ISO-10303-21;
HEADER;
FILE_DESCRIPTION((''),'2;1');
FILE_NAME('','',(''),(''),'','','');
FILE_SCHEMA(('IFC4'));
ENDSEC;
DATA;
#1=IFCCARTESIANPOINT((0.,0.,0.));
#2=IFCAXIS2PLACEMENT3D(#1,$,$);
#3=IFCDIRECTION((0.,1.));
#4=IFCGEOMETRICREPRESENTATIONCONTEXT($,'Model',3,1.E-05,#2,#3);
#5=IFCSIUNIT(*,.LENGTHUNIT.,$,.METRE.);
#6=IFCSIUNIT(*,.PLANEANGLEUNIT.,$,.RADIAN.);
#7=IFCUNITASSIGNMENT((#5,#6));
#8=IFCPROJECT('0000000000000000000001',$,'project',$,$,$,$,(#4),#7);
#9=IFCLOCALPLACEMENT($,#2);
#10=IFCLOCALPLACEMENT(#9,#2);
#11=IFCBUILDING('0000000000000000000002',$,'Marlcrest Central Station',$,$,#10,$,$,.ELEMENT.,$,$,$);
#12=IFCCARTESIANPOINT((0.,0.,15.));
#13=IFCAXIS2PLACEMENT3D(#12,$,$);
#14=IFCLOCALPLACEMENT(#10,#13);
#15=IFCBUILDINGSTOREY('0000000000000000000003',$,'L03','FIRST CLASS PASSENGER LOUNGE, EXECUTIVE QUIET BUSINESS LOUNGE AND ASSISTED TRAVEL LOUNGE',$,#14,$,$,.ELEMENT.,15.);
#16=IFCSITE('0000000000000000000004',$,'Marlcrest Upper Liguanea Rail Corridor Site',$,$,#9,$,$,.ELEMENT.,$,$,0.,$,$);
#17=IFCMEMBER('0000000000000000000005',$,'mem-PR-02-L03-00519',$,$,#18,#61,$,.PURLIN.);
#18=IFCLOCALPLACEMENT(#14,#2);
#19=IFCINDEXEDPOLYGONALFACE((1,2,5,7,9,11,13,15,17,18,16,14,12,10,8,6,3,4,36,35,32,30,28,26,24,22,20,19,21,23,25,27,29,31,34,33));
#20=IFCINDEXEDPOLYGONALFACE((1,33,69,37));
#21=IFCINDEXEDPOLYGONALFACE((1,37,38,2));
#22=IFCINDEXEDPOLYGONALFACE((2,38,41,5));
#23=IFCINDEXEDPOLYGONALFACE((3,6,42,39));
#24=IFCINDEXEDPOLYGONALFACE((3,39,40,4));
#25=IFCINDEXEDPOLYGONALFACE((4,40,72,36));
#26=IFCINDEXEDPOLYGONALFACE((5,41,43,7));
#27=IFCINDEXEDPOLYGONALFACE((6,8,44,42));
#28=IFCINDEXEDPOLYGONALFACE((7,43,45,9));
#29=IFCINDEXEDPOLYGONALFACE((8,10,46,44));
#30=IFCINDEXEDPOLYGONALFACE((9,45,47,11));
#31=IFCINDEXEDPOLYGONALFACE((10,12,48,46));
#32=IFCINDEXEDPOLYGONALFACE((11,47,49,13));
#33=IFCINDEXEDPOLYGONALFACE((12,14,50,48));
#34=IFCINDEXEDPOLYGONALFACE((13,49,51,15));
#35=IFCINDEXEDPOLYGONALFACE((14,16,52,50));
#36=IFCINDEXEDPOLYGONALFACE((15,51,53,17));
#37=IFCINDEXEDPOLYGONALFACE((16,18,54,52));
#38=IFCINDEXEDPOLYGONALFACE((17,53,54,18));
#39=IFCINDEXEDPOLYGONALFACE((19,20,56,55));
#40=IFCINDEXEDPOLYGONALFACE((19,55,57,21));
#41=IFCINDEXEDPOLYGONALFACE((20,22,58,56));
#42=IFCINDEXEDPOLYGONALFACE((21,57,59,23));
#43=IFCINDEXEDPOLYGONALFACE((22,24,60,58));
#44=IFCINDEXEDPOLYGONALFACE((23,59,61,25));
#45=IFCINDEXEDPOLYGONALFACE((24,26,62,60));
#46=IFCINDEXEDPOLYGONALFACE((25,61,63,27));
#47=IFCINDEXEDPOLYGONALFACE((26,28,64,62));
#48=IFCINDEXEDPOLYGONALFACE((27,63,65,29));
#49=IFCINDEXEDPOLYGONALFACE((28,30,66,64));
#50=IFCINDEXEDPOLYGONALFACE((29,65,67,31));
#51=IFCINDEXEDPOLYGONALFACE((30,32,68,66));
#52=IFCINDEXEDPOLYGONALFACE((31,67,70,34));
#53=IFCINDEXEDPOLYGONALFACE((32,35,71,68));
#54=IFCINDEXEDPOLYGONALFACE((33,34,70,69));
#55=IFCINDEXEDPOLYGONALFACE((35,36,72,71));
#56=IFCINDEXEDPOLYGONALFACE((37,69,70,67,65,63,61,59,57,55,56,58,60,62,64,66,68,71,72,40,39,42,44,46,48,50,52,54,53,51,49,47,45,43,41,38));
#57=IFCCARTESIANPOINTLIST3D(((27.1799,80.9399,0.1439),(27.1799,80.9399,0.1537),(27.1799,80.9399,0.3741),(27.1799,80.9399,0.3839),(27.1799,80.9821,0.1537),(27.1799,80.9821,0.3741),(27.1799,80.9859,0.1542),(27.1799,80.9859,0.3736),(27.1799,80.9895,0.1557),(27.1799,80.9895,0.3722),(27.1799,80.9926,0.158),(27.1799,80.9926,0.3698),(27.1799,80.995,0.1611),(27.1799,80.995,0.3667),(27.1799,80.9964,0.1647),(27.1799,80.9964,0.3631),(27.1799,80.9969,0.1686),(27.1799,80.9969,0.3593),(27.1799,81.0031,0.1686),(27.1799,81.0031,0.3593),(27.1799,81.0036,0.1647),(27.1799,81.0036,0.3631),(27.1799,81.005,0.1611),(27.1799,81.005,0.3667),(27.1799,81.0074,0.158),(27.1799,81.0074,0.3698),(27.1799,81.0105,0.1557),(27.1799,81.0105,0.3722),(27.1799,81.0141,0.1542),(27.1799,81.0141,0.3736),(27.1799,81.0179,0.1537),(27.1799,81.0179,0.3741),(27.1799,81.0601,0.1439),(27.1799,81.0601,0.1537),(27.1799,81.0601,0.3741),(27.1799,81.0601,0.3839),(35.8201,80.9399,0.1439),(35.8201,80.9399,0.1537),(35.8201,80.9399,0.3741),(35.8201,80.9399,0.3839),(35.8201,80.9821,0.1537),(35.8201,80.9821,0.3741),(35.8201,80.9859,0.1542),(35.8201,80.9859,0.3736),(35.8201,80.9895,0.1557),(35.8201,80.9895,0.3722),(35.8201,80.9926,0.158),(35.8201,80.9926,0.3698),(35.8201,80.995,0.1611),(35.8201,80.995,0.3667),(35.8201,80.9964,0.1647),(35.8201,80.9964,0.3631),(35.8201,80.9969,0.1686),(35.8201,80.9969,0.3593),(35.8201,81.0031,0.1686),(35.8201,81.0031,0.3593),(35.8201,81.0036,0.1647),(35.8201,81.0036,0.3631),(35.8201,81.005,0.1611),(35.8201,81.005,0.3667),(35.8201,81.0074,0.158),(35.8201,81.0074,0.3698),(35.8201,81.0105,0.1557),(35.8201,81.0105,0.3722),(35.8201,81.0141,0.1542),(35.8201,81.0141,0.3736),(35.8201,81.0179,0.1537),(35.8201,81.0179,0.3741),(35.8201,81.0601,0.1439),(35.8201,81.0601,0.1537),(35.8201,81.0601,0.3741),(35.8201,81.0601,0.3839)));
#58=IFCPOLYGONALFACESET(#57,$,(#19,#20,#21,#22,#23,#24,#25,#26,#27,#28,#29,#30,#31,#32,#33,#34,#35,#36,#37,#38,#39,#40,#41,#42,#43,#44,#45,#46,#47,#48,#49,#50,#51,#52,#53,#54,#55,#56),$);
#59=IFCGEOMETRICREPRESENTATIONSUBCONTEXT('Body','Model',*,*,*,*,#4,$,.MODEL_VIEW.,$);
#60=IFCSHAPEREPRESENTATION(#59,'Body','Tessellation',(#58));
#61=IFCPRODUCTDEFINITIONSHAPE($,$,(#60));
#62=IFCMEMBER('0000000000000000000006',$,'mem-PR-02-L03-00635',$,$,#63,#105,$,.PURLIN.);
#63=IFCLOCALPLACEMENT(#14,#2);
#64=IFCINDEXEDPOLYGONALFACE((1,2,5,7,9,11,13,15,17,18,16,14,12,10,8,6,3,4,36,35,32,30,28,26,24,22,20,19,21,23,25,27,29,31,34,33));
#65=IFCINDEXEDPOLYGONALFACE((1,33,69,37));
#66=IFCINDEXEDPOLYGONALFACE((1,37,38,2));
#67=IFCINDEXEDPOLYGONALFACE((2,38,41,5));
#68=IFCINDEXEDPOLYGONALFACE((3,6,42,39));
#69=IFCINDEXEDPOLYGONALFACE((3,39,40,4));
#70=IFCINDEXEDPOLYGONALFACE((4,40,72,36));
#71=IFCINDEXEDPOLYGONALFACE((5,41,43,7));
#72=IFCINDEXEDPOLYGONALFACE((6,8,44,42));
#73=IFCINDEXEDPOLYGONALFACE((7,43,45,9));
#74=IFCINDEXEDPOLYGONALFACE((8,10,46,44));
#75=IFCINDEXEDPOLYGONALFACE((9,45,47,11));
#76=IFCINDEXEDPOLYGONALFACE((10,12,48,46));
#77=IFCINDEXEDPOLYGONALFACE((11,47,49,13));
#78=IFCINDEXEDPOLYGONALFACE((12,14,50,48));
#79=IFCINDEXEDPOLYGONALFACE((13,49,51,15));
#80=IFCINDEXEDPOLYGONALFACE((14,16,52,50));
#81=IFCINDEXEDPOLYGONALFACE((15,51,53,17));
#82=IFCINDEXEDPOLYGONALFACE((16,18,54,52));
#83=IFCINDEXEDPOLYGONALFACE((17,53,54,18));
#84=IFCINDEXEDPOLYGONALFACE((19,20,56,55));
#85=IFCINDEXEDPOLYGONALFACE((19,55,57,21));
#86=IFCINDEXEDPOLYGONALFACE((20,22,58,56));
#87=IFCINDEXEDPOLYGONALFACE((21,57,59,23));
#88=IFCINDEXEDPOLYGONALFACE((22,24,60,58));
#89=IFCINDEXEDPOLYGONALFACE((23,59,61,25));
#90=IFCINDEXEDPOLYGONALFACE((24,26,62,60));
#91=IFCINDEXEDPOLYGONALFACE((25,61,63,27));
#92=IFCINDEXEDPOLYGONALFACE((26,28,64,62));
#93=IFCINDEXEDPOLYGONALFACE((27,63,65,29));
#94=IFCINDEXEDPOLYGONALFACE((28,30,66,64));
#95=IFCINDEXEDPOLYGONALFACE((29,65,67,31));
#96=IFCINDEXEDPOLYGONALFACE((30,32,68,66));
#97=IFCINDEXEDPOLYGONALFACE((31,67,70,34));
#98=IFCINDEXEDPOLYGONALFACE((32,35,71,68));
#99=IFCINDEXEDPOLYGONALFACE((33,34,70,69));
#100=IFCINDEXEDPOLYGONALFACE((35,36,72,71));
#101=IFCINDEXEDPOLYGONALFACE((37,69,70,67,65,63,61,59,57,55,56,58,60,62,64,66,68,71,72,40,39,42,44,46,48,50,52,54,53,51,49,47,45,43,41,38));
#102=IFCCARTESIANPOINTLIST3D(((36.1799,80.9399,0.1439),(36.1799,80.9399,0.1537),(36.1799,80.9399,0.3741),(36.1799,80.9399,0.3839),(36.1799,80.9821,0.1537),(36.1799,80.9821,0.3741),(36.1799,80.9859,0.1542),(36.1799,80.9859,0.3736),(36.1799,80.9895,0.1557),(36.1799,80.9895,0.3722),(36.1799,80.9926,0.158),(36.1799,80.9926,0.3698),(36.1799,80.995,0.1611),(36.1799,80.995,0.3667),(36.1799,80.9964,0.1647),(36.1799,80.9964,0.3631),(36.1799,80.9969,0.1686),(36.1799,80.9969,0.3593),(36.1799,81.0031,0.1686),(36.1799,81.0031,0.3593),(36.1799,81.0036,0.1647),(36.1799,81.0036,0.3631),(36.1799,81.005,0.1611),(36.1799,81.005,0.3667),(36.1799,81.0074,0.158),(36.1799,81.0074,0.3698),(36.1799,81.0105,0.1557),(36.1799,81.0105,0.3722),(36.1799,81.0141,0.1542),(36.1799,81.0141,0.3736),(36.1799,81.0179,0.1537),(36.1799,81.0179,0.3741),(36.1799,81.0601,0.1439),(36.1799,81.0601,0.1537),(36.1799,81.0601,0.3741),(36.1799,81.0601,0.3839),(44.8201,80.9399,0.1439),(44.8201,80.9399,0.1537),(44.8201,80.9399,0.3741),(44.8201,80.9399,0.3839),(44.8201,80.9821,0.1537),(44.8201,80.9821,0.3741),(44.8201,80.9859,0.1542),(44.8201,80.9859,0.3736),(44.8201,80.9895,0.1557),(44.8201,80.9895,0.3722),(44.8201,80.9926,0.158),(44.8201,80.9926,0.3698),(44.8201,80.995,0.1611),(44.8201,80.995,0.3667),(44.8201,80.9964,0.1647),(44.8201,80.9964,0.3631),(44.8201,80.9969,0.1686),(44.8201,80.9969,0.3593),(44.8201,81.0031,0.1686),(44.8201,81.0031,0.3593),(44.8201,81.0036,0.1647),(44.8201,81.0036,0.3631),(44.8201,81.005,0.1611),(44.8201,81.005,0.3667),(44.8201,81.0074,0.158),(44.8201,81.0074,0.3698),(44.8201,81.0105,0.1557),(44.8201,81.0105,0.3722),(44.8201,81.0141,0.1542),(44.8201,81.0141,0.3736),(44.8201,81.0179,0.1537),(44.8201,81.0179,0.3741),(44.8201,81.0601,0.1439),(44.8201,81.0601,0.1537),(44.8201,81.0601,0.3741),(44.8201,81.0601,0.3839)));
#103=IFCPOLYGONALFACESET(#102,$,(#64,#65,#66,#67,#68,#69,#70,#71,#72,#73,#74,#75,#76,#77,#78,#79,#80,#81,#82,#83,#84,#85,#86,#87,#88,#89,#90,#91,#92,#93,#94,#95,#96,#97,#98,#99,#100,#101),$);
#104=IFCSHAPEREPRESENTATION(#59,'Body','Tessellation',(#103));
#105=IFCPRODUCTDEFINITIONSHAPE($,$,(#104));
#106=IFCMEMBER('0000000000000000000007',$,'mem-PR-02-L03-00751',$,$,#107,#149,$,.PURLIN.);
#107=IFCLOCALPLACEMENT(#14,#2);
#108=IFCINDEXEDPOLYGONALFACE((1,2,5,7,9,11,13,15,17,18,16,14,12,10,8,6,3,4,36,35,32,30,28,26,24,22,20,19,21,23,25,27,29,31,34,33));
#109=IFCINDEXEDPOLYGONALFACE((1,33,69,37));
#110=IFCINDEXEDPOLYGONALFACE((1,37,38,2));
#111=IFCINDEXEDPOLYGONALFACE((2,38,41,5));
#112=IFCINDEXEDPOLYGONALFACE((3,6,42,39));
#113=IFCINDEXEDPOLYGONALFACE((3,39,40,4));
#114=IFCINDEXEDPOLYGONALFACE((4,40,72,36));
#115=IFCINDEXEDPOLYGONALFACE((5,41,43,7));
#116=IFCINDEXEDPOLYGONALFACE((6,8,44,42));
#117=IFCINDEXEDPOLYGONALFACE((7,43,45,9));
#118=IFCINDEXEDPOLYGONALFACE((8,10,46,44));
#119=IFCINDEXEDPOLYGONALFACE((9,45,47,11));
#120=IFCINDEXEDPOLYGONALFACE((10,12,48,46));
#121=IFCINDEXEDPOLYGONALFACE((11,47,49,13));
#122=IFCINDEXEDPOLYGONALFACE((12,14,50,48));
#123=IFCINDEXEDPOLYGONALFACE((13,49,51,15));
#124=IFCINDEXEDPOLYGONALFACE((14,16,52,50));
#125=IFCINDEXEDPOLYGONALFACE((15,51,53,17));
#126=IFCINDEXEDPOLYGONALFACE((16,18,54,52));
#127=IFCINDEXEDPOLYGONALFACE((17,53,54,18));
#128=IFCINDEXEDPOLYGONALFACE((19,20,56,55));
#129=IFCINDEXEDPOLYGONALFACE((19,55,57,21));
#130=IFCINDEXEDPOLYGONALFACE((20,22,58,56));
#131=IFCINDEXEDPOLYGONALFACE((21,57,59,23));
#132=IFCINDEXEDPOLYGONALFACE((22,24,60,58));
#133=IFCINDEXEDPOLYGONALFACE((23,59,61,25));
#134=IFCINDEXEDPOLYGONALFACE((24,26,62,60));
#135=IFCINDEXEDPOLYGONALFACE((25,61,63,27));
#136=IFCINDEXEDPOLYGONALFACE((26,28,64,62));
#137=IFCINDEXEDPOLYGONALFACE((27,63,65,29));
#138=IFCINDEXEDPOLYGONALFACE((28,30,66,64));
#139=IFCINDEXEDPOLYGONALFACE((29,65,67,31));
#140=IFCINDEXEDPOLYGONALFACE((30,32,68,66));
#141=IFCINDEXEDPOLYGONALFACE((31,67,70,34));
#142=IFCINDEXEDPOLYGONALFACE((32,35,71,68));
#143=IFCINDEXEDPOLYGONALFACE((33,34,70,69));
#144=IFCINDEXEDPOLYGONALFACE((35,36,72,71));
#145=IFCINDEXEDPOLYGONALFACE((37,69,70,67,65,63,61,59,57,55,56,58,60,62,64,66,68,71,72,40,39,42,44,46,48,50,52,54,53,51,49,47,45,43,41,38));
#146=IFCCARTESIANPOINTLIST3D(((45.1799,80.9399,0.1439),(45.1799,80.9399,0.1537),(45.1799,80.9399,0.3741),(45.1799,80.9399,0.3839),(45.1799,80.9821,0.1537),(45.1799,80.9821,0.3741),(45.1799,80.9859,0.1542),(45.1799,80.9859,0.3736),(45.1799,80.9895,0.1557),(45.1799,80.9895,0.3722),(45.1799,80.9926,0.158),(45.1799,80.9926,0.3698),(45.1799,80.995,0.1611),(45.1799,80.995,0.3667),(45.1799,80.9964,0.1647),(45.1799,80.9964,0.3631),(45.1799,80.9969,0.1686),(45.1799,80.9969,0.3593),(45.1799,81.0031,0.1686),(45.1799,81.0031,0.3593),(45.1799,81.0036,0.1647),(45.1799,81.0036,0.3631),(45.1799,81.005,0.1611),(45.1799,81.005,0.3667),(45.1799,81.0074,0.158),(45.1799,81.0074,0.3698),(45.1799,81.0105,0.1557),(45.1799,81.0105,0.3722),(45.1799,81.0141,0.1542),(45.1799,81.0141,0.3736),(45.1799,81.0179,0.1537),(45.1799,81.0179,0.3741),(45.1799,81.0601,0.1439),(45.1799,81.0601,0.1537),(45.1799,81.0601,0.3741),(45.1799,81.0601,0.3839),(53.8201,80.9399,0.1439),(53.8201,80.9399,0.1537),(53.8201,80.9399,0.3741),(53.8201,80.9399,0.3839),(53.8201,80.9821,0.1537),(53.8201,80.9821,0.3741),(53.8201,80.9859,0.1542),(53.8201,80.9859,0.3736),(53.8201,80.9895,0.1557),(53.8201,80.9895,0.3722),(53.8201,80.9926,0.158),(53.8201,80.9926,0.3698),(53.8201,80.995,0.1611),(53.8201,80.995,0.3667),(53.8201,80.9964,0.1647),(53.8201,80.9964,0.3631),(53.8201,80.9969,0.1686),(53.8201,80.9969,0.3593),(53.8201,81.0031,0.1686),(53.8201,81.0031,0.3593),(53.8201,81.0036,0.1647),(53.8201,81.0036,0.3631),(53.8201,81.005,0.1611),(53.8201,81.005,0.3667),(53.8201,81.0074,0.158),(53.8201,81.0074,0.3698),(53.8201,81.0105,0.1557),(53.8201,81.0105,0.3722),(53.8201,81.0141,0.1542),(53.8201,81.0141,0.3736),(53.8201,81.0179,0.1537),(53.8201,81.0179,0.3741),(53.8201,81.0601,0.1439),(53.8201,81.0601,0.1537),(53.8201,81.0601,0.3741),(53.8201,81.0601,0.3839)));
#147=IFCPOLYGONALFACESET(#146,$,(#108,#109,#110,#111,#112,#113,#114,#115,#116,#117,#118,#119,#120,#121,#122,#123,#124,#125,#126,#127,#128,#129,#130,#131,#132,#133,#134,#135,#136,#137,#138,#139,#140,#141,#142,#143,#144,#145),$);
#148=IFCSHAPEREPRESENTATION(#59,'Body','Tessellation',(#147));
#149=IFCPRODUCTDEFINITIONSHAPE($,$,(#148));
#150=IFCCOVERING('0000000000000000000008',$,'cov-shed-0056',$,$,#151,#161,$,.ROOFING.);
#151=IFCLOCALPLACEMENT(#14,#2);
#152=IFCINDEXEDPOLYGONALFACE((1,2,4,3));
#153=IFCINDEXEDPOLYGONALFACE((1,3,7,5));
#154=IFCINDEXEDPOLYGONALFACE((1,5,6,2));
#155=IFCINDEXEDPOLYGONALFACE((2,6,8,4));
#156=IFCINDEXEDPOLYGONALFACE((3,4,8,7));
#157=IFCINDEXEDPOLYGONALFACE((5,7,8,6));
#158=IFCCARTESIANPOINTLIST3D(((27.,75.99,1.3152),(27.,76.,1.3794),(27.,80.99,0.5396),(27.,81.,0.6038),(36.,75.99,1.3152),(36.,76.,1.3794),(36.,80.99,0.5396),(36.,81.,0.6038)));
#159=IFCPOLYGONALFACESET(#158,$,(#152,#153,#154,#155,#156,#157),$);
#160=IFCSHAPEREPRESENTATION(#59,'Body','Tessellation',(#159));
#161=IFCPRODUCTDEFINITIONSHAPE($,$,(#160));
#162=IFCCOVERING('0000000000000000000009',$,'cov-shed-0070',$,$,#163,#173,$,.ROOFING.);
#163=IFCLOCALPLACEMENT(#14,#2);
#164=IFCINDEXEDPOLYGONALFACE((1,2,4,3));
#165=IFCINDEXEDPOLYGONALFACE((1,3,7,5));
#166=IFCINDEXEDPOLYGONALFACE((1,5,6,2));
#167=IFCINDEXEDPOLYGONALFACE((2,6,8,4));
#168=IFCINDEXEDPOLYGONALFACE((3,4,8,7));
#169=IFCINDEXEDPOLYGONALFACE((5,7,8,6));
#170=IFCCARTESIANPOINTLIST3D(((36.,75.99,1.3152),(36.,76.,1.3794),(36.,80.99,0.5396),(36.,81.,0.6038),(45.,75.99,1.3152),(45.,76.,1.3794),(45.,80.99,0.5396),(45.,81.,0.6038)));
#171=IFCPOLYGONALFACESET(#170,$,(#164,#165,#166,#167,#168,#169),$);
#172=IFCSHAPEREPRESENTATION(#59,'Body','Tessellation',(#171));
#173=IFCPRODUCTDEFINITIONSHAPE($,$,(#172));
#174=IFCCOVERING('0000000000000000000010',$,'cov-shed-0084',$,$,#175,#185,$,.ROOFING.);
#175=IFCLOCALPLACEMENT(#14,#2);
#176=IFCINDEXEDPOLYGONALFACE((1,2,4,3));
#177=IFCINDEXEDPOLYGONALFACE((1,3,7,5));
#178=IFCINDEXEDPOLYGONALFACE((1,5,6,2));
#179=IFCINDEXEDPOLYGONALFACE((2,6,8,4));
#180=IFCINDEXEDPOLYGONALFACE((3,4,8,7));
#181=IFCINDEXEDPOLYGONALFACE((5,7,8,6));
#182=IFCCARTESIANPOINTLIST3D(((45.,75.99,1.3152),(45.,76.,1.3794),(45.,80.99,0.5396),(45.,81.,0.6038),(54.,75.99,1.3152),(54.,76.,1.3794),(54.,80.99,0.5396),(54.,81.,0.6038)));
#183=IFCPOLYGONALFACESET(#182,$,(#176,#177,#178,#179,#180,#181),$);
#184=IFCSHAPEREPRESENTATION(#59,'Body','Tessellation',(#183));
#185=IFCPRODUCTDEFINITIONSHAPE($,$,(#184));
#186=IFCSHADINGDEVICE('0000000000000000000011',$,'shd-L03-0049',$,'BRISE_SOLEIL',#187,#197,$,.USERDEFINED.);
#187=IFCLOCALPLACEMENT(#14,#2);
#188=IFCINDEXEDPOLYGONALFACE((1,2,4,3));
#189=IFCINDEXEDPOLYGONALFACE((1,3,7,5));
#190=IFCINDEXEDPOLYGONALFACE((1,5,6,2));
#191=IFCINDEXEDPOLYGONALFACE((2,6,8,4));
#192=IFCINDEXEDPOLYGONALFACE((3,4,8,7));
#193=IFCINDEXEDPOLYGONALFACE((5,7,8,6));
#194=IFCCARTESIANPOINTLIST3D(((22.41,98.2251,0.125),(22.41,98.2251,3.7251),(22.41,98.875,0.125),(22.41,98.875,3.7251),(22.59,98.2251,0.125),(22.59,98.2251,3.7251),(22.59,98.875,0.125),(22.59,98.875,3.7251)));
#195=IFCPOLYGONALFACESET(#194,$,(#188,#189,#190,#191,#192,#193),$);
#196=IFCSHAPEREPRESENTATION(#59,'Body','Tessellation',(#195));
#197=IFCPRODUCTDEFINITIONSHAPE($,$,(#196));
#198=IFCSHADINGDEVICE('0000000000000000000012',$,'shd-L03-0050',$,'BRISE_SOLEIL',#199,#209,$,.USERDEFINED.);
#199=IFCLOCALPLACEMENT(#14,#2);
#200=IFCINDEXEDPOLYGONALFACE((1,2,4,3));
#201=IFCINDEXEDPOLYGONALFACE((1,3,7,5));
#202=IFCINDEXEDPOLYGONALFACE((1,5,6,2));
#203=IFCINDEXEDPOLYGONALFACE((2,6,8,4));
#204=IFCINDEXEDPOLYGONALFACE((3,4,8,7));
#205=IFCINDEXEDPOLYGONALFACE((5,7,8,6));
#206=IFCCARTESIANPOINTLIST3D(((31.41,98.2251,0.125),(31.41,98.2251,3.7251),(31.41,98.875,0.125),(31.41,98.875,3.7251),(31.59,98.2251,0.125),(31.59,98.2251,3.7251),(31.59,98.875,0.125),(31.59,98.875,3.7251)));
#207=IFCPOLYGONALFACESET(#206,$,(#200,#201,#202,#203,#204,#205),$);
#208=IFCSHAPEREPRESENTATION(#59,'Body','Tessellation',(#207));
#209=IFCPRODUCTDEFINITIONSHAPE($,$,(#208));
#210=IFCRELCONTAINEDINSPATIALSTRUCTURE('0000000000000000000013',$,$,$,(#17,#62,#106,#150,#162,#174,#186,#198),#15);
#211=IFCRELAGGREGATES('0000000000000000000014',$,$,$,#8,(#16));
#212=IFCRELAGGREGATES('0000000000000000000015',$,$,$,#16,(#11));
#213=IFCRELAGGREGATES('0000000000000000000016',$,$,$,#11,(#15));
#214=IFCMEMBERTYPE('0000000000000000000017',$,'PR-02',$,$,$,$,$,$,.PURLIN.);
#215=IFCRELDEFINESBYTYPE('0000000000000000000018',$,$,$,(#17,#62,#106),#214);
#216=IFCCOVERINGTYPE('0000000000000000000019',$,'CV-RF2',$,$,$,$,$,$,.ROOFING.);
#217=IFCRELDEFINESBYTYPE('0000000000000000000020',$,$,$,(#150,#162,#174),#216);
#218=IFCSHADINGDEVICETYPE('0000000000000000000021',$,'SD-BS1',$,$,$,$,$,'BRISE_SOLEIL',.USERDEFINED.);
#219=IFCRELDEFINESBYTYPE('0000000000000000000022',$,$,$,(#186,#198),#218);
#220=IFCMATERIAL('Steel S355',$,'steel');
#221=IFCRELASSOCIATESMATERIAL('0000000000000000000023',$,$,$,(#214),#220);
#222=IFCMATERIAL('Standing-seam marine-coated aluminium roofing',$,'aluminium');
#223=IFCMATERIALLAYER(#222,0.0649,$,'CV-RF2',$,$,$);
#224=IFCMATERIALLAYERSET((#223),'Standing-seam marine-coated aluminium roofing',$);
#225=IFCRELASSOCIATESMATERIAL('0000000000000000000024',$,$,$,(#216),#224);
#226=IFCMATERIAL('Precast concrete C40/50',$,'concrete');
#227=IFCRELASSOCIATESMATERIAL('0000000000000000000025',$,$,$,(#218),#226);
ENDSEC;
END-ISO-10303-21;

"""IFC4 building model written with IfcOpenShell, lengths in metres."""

from ifc_helpers import new_model, si_unit, direction, frame, origin, origin_2d, place, context, subcontext, project, spatial, polyline, rectangle, i_section, outline, extrude, material, layer, layer_set, material_profile, profile_set, type_object, element, save


model = new_model("IFC4")

# Units and contexts
model_context = context("Model", 3, precision=1e-05, world=origin(), true_north=direction((0.0, 1.0)))
body_context = subcontext(model_context, "Body", "Model", "MODEL_VIEW")
ifc_project = project(units=[si_unit("LENGTHUNIT", "METRE"), si_unit("PLANEANGLEUNIT", "RADIAN")], contexts=[model_context])

# Site, building, storey
site_placement = place(None, origin())
site = spatial("IfcSite", under=ifc_project, at=site_placement, Name="Marlcrest Upper Liguanea Rail Corridor Site", CompositionType="ELEMENT", RefElevation=0.0)
building_placement = place(site_placement, origin())
building = spatial("IfcBuilding", under=site, at=building_placement, Name="Marlcrest Central Station", CompositionType="ELEMENT")
storey_placement = place(building_placement, frame((0.0, 0.0, 15.0)))
storey = spatial("IfcBuildingStorey", under=building, at=storey_placement, Name="L03", Description="FIRST CLASS PASSENGER LOUNGE, EXECUTIVE QUIET BUSINESS LOUNGE AND ASSISTED TRAVEL LOUNGE", CompositionType="ELEMENT", Elevation=15.0)

# Members
ifc_material_1 = material(Name="Steel S355", Category="steel")
ifc_material_profile_1 = material_profile(ifc_material_1, i_section(OverallWidth=0.1201, OverallDepth=0.24, WebThickness=0.0061, FlangeThickness=0.0098, FilletRadius=0.0149, at=origin_2d()), Name="IPE 240")
ifc_profile_set_1 = profile_set([ifc_material_profile_1], Name="Steel S355")
member_type_1 = type_object("IfcMemberType", Name="PR-02", PredefinedType="PURLIN", material=ifc_profile_set_1)
for number, where, z_axis, x_axis, name in (
    (1, (27.1799, 81.0, 0.2639), (1.0, 0.0, 0.0), (0.0, 1.0, 0.0), "mem-PR-02-L03-00519"),
    (2, (36.1799, 81.0, 0.2639), (1.0, 0.0, 0.0), (0.0, 1.0, 0.0), "mem-PR-02-L03-00635"),
    (3, (45.1799, 81.0, 0.2639), (1.0, 0.0, 0.0), (0.0, 1.0, 0.0), "mem-PR-02-L03-00751"),
):
    element("IfcMember", number, at=place(storey_placement, frame(where, z_axis=z_axis, x_axis=x_axis)), inside=storey, type_object=member_type_1, Name=name, PredefinedType="PURLIN", context=body_context, shape_type="SweptSolid", body=[
        extrude(i_section(OverallWidth=0.1201, OverallDepth=0.24, WebThickness=0.0061, FlangeThickness=0.0098, FilletRadius=0.0149, at=origin_2d()), origin(), (0.0, 0.0, 1.0), 8.6401),
    ])

# Coverings
ifc_material_2 = material(Name="Standing-seam marine-coated aluminium roofing", Category="aluminium")
ifc_layer = layer(ifc_material_2, 0.0649, Name="CV-RF2")
ifc_layer_set = layer_set([ifc_layer], Name="Standing-seam marine-coated aluminium roofing")
covering_type = type_object("IfcCoveringType", Name="CV-RF2", PredefinedType="ROOFING", material=ifc_layer_set)
for number, where, z_axis, x_axis, name in (
    (4, (27.0, 76.0, 1.3794), (0.0, 0.153293, 0.988181), (1.0, 0.0, 0.0), "cov-shed-0056"),
    (5, (36.0, 76.0, 1.3794), (0.0, 0.153293, 0.988181), (1.0, 0.0, 0.0), "cov-shed-0070"),
    (6, (45.0, 76.0, 1.3794), (0.0, 0.153293, 0.988181), (1.0, 0.0, 0.0), "cov-shed-0084"),
):
    element("IfcCovering", number, at=place(storey_placement, frame(where, z_axis=z_axis, x_axis=x_axis)), inside=storey, type_object=covering_type, Name=name, PredefinedType="ROOFING", context=body_context, shape_type="SweptSolid", body=[
        extrude(outline(polyline([(0.0, 0.0), (9.0, 0.0), (9.0, 5.0598), (0.0, 5.0598), (0.0, 0.0)])), origin(), (0.0, 0.0, -1.0), 0.0649),
    ])

# Shading devices
ifc_material_3 = material(Name="Precast concrete C40/50", Category="concrete")
shading_device_type = type_object("IfcShadingDeviceType", Name="SD-BS1", ElementType="BRISE_SOLEIL", PredefinedType="USERDEFINED", material=ifc_material_3)
for number, where, z_axis, x_axis, name in (
    (7, (22.5, 98.55, 0.125), (0.0, 0.0, 1.0), (1.0, 0.0, 0.0), "shd-L03-0049"),
    (8, (31.5, 98.55, 0.125), (0.0, 0.0, 1.0), (1.0, 0.0, 0.0), "shd-L03-0050"),
):
    element("IfcShadingDevice", number, at=place(storey_placement, frame(where, z_axis=z_axis, x_axis=x_axis)), inside=storey, type_object=shading_device_type, Name=name, ObjectType="BRISE_SOLEIL", PredefinedType="USERDEFINED", context=body_context, shape_type="SweptSolid", body=[
        extrude(rectangle(XDim=0.1799, YDim=0.6499, at=origin_2d()), origin(), (0.0, 0.0, 1.0), 3.6001),
    ])

save(model, "model.ifc")
